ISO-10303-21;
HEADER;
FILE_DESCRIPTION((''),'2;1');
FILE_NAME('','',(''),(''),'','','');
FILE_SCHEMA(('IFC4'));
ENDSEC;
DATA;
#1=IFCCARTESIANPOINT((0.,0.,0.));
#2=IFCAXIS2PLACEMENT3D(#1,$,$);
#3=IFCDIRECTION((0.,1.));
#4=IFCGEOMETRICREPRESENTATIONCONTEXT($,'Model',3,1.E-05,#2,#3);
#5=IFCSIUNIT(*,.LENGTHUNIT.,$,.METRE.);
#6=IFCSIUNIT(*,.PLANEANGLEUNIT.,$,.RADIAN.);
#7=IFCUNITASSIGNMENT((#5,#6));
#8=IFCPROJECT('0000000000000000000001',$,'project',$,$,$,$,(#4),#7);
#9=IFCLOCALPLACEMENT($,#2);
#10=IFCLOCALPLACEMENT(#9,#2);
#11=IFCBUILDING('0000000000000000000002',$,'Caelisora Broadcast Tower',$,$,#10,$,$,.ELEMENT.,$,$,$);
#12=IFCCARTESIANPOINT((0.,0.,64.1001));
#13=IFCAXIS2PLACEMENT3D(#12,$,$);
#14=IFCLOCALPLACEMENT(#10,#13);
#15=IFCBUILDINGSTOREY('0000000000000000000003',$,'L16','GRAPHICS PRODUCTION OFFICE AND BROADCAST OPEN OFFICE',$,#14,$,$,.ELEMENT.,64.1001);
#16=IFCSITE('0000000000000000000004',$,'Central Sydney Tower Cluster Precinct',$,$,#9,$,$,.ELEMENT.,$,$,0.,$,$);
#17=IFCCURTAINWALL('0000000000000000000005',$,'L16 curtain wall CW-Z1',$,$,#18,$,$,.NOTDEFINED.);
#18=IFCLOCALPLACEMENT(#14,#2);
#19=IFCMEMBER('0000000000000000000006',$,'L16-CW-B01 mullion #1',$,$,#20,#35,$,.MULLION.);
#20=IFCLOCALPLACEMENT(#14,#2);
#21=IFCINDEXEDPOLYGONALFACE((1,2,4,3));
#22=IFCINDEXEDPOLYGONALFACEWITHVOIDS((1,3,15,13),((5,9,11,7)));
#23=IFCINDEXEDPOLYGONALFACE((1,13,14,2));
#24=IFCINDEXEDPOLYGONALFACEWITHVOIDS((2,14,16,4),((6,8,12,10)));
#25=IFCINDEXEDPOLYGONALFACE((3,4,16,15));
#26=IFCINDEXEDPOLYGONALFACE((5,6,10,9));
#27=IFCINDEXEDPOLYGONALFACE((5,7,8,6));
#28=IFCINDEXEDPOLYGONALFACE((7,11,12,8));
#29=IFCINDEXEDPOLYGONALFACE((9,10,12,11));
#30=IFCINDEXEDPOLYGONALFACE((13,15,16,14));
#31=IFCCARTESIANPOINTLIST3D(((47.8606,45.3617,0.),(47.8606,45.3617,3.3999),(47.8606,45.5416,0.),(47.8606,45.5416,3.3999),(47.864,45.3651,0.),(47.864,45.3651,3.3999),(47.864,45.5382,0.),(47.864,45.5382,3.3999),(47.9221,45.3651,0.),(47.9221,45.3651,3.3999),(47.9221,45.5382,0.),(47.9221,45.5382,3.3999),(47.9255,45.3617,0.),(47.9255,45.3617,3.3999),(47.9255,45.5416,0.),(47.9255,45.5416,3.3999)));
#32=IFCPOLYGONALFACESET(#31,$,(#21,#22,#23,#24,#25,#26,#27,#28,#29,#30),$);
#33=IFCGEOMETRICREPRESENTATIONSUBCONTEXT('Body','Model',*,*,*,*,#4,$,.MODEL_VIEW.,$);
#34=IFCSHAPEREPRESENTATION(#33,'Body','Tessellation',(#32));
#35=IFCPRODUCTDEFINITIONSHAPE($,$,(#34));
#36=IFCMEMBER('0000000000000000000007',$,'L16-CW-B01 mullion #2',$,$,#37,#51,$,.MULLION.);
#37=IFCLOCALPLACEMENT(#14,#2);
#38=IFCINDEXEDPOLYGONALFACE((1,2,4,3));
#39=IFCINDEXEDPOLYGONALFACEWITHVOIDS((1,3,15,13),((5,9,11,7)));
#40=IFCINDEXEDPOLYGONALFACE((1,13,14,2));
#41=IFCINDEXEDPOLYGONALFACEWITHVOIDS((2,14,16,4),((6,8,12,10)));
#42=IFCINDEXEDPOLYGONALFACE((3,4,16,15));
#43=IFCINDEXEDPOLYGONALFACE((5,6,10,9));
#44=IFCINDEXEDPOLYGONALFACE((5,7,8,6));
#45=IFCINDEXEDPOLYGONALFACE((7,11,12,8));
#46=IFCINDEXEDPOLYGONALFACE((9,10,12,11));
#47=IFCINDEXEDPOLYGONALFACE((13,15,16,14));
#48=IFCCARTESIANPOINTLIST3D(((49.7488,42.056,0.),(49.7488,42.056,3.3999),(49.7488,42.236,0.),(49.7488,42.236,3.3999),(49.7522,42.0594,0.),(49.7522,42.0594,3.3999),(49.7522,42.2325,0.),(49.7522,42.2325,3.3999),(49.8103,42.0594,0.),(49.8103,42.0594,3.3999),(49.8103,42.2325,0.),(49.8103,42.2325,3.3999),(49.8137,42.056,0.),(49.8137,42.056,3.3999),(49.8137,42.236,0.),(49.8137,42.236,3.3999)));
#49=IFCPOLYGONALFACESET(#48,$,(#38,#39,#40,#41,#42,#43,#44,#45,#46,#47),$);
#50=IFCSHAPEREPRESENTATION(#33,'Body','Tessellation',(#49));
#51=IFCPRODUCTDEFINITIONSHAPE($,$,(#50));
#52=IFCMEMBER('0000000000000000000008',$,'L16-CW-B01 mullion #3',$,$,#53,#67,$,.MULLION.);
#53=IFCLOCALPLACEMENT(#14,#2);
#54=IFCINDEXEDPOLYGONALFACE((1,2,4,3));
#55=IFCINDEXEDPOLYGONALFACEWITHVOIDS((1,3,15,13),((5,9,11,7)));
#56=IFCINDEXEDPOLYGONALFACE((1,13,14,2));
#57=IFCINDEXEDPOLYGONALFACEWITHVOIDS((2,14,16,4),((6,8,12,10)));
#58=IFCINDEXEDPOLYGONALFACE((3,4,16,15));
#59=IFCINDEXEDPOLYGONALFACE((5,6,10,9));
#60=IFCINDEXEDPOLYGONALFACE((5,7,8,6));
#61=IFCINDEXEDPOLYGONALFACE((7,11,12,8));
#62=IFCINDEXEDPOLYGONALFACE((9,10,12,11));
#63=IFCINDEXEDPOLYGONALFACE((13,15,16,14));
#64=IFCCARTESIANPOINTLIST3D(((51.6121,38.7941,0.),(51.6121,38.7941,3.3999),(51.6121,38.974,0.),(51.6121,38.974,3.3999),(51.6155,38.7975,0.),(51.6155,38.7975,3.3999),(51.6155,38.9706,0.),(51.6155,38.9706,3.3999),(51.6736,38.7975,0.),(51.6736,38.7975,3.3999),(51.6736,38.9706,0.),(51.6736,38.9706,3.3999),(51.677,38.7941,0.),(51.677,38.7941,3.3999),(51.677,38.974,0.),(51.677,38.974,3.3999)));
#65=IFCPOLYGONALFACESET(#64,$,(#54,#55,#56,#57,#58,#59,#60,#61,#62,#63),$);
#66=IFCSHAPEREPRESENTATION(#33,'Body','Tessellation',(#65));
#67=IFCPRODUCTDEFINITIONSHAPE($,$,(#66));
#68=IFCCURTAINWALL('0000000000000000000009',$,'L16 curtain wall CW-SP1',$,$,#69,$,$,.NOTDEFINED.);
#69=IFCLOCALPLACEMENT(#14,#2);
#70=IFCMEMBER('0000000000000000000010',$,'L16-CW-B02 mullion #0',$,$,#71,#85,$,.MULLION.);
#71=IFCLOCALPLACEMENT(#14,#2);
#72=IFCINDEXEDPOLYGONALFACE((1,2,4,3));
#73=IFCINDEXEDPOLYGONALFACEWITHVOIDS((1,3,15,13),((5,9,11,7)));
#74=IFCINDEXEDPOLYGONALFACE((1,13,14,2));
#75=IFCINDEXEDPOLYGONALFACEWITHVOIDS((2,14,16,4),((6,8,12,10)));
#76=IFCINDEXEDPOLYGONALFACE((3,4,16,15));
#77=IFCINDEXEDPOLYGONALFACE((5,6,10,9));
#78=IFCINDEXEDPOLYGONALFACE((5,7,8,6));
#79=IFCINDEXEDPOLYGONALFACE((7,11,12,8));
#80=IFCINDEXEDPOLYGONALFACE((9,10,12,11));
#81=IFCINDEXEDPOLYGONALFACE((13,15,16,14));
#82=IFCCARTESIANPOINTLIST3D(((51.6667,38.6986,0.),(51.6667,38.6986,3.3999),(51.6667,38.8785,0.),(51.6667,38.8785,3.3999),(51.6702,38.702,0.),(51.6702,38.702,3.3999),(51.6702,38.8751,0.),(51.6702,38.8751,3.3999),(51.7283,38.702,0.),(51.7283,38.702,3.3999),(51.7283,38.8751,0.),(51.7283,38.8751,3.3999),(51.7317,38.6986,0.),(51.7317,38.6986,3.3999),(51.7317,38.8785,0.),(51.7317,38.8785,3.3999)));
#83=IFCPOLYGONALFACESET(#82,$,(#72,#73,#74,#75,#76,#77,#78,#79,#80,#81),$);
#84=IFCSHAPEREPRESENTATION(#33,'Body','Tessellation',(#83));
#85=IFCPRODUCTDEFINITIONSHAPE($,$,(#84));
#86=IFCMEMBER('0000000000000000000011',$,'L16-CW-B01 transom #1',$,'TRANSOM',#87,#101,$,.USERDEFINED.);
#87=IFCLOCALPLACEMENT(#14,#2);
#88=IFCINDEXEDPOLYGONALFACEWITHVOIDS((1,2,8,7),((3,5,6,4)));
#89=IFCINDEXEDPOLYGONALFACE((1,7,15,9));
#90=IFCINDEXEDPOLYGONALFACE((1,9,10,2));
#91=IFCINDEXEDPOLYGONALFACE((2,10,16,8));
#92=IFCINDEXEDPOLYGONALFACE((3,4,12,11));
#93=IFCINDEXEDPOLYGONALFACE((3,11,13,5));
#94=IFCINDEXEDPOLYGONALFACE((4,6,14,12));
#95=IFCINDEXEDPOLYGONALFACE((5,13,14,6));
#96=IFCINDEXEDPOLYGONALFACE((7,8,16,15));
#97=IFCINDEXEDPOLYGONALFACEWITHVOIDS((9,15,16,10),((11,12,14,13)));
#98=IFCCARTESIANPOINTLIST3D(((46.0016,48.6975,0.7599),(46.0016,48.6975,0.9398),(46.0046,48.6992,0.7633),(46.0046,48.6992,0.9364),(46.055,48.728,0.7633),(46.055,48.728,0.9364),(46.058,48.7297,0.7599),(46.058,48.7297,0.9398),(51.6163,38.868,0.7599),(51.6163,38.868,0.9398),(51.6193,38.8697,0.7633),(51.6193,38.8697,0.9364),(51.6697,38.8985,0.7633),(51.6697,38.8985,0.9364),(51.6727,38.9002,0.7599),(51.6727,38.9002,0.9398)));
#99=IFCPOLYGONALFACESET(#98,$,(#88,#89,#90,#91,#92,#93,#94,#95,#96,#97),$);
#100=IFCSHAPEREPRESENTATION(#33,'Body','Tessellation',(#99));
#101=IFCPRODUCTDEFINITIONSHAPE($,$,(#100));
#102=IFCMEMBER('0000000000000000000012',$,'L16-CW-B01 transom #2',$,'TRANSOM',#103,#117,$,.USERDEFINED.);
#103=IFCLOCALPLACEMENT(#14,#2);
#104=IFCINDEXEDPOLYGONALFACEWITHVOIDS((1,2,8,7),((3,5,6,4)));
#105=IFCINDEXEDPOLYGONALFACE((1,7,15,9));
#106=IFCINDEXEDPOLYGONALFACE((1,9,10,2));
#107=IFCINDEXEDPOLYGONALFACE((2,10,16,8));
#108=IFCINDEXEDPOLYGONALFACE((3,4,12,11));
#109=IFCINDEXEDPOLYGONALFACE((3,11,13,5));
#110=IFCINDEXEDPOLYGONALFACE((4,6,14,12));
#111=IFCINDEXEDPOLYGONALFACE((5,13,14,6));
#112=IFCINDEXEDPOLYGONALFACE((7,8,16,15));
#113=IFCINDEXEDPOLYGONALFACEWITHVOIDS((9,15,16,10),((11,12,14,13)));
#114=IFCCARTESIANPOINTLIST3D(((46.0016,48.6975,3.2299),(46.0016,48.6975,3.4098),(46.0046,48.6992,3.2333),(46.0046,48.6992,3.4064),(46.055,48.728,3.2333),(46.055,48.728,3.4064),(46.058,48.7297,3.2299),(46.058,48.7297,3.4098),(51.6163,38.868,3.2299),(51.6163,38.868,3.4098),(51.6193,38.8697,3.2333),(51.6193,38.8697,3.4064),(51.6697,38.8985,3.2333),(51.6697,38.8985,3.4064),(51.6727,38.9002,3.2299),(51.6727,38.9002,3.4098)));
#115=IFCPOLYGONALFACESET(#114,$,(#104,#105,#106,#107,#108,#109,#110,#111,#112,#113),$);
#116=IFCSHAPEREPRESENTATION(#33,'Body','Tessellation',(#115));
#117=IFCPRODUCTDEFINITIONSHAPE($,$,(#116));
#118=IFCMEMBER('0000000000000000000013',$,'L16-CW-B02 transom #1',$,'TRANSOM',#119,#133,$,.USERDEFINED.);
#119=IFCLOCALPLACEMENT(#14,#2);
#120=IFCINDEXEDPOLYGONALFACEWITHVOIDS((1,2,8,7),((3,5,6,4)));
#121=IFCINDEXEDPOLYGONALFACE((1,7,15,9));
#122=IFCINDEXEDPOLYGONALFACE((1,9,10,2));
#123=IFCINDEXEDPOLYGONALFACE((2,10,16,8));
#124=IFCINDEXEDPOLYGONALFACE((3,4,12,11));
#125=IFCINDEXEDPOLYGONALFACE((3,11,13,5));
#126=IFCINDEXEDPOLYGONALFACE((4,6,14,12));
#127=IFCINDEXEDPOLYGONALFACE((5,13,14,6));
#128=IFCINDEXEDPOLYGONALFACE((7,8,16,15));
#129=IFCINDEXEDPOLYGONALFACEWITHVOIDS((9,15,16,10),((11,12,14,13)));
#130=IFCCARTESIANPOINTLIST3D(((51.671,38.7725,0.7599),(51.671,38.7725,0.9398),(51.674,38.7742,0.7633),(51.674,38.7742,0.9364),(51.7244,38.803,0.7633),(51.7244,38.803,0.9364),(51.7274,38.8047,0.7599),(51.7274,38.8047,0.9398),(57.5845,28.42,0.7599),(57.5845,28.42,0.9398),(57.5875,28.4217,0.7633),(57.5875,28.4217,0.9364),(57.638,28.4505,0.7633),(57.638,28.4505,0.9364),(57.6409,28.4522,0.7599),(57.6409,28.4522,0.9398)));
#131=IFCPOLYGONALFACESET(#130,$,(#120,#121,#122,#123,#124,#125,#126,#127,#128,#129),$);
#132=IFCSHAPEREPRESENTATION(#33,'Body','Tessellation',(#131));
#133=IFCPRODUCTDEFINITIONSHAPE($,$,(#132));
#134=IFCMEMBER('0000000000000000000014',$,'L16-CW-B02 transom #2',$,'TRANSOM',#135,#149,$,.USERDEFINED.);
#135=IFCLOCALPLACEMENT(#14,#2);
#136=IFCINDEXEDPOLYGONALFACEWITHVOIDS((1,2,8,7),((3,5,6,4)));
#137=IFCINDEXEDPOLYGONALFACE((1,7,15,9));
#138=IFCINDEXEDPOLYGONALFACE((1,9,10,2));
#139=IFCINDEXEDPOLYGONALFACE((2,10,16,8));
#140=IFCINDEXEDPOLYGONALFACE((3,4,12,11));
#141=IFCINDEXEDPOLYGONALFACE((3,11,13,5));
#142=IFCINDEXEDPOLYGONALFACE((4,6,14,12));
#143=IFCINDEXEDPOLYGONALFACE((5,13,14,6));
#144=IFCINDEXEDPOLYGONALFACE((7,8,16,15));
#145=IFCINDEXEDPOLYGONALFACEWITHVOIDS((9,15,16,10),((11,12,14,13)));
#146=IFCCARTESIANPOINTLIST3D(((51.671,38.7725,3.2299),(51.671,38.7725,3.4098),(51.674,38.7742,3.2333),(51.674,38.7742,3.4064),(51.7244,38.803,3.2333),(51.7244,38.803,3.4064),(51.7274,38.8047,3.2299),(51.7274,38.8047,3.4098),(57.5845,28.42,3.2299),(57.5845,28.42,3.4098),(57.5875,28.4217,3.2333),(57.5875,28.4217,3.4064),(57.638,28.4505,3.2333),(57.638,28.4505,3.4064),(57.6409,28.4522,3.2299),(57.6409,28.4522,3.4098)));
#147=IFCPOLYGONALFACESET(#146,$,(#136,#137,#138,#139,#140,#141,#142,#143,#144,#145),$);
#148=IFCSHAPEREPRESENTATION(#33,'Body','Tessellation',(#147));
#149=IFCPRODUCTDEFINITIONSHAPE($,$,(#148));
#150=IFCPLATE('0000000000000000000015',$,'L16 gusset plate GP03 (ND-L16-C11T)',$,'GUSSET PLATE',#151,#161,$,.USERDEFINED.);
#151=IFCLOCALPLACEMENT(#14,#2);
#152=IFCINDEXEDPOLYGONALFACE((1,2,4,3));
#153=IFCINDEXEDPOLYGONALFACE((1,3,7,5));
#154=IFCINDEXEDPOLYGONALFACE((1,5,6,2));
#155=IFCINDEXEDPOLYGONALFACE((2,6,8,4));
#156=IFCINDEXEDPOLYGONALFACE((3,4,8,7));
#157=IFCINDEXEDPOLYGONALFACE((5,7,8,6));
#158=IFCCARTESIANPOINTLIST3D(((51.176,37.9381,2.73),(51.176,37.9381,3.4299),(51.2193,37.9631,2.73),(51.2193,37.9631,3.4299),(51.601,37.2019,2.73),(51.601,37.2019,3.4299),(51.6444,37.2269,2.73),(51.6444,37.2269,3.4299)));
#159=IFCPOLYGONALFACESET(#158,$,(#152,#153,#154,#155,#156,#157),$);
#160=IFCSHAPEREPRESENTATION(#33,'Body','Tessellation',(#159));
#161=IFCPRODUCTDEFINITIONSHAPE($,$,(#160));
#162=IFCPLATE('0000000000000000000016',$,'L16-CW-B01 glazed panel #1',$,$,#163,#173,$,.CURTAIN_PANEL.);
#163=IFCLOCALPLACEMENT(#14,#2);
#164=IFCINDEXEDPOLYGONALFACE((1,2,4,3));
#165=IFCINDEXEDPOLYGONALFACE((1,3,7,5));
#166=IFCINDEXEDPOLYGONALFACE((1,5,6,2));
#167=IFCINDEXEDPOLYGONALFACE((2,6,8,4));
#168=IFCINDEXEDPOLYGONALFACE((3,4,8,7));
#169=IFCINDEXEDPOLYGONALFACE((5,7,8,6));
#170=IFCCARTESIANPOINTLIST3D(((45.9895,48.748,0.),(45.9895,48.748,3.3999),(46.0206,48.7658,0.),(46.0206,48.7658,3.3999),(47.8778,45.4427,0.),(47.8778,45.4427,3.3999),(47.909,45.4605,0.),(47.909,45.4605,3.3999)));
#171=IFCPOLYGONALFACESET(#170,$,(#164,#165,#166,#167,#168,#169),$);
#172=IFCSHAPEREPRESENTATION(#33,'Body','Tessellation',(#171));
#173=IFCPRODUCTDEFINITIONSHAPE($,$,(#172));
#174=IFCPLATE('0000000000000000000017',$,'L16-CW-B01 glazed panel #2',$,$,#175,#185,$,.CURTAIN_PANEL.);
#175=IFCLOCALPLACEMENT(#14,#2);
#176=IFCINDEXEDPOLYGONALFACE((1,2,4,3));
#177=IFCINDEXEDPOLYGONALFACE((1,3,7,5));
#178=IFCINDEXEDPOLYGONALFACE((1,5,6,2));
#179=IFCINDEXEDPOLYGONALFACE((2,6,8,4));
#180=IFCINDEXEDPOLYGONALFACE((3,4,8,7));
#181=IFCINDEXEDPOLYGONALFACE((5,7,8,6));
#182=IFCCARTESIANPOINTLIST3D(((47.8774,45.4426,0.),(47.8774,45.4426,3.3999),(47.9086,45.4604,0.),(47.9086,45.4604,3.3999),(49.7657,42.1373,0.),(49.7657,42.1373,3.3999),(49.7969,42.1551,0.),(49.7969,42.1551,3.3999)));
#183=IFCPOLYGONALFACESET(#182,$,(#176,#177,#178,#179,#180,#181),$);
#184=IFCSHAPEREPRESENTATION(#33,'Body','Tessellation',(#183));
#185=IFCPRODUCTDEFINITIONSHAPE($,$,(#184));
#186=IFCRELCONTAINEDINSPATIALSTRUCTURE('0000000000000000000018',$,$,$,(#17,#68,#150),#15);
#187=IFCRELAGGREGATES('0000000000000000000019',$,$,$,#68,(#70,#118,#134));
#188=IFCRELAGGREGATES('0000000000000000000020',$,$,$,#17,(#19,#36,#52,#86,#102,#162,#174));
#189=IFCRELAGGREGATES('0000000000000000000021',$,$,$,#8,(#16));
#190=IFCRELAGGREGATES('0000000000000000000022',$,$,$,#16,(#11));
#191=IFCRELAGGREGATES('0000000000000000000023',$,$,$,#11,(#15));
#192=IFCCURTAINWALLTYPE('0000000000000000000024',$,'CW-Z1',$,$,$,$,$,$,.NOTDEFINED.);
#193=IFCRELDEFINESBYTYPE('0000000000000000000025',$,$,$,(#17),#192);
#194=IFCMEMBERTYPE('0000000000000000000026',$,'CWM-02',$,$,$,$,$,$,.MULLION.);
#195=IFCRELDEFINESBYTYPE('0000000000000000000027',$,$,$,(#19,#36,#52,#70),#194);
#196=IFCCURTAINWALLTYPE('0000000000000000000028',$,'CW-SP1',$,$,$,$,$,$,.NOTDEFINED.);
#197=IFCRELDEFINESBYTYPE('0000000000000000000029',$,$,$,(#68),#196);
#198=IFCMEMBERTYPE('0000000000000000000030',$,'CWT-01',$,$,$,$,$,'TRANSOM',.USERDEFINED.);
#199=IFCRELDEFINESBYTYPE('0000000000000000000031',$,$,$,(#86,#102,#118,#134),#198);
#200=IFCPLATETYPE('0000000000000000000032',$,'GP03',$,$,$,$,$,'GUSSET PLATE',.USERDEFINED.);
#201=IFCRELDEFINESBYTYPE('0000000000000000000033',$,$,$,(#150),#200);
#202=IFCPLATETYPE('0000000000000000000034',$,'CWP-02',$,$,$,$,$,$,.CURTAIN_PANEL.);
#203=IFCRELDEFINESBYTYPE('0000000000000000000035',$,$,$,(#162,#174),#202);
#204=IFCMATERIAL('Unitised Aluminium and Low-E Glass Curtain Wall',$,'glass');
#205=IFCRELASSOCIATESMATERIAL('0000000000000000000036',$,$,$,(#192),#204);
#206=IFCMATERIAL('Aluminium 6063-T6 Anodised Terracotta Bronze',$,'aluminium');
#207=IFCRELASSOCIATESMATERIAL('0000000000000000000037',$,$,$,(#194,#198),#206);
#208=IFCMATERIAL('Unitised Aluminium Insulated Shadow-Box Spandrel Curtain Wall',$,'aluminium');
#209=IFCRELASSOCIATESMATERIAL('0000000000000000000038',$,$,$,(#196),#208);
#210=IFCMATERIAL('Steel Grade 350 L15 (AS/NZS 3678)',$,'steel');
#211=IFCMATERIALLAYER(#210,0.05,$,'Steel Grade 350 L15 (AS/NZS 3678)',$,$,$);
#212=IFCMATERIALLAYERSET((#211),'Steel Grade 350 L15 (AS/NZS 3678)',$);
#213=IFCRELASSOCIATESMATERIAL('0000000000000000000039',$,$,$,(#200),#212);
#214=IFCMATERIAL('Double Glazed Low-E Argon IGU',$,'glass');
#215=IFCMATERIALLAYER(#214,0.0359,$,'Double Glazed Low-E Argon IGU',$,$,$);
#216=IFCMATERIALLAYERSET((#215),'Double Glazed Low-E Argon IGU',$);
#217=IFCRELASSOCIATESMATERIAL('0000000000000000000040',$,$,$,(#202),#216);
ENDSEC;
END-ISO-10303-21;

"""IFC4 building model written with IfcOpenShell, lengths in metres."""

from ifc_helpers import new_model, si_unit, direction, frame, origin, origin_2d, place, context, subcontext, project, spatial, rectangle, hollow_rectangle, extrude, source, transform, mapped, material, layer, layer_set, material_profile, profile_set, type_object, type_shapes, element, aggregate, save


model = new_model("IFC4")

# Units and contexts
model_context = context("Model", 3, precision=1e-05, world=origin(), true_north=direction((0.0, 1.0)))
body_context = subcontext(model_context, "Body", "Model", "MODEL_VIEW")
ifc_project = project(units=[si_unit("LENGTHUNIT", "METRE"), si_unit("PLANEANGLEUNIT", "RADIAN")], contexts=[model_context])

# Site, building, storey
site_placement = place(None, origin())
site = spatial("IfcSite", under=ifc_project, at=site_placement, Name="Central Sydney Tower Cluster Precinct", CompositionType="ELEMENT", RefElevation=0.0)
building_placement = place(site_placement, origin())
building = spatial("IfcBuilding", under=site, at=building_placement, Name="Caelisora Broadcast Tower", CompositionType="ELEMENT")
storey_placement = place(building_placement, frame((0.0, 0.0, 64.1001)))
storey = spatial("IfcBuildingStorey", under=building, at=storey_placement, Name="L16", Description="GRAPHICS PRODUCTION OFFICE AND BROADCAST OPEN OFFICE", CompositionType="ELEMENT", Elevation=64.1001)

# Shared definitions
ifc_material_1 = material(Name="Steel Grade 350 L15 (AS/NZS 3678)", Category="steel")

# Curtain wall, members
ifc_material_2 = material(Name="Unitised Aluminium and Low-E Glass Curtain Wall", Category="glass")
curtain_wall_type_1 = type_object("IfcCurtainWallType", Name="CW-Z1", PredefinedType="NOTDEFINED", material=ifc_material_2)
curtain_wall_1_placement = place(storey_placement, origin())
curtain_wall_1 = element("IfcCurtainWall", 1, at=curtain_wall_1_placement, inside=storey, type_object=curtain_wall_type_1, Name="L16 curtain wall CW-Z1", PredefinedType="NOTDEFINED")
ifc_material_3 = material(Name="Aluminium 6063-T6 Anodised Terracotta Bronze", Category="aluminium")
ifc_material_profile_1 = material_profile(ifc_material_3, hollow_rectangle(XDim=0.0649, YDim=0.1799, WallThickness=0.0034, at=origin_2d()), Name="Aluminium 6063-T6 Anodised Terracotta Bronze")
ifc_profile_set_1 = profile_set([ifc_material_profile_1], Name="Aluminium 6063-T6 Anodised Terracotta Bronze")
member_type_1 = type_object("IfcMemberType", Name="CWM-02", PredefinedType="MULLION", material=ifc_profile_set_1)
shared_shape_1 = source(origin(), body_context, "Body", "SweptSolid", [
    extrude(hollow_rectangle(XDim=0.0649, YDim=0.1799, WallThickness=0.0034, at=origin_2d()), origin(), (0.0, 0.0, 1.0), 3.3999),
])
type_shapes(member_type_1, [shared_shape_1])
member_1_placement = place(storey_placement, frame((47.8931, 45.4517, 0.0), z_axis=(0.0, 0.0, 1.0), x_axis=(1.0, 0.0, 0.0)))
member_1 = element("IfcMember", 2, at=member_1_placement, type_object=member_type_1, Name="L16-CW-B01 mullion #1", PredefinedType="MULLION", context=body_context, shape_type="MappedRepresentation", body=[
    mapped(shared_shape_1, transform((0.0, 0.0, 0.0), scale=1.0)),
])
member_2_placement = place(storey_placement, frame((49.7812, 42.146, 0.0), z_axis=(0.0, 0.0, 1.0), x_axis=(1.0, 0.0, 0.0)))
member_2 = element("IfcMember", 3, at=member_2_placement, type_object=member_type_1, Name="L16-CW-B01 mullion #2", PredefinedType="MULLION", context=body_context, shape_type="MappedRepresentation", body=[
    mapped(shared_shape_1, transform((0.0, 0.0, 0.0), scale=1.0)),
])
member_3_placement = place(storey_placement, frame((51.6445, 38.884, 0.0), z_axis=(0.0, 0.0, 1.0), x_axis=(1.0, 0.0, 0.0)))
member_3 = element("IfcMember", 4, at=member_3_placement, type_object=member_type_1, Name="L16-CW-B01 mullion #3", PredefinedType="MULLION", context=body_context, shape_type="MappedRepresentation", body=[
    mapped(shared_shape_1, transform((0.0, 0.0, 0.0), scale=1.0)),
])

# Curtain wall, member
ifc_material_4 = material(Name="Unitised Aluminium Insulated Shadow-Box Spandrel Curtain Wall", Category="aluminium")
curtain_wall_type_2 = type_object("IfcCurtainWallType", Name="CW-SP1", PredefinedType="NOTDEFINED", material=ifc_material_4)
curtain_wall_2_placement = place(storey_placement, origin())
curtain_wall_2 = element("IfcCurtainWall", 5, at=curtain_wall_2_placement, inside=storey, type_object=curtain_wall_type_2, Name="L16 curtain wall CW-SP1", PredefinedType="NOTDEFINED")
member_4_placement = place(storey_placement, frame((51.6992, 38.7886, 0.0), z_axis=(0.0, 0.0, 1.0), x_axis=(1.0, 0.0, 0.0)))
member_4 = element("IfcMember", 6, at=member_4_placement, type_object=member_type_1, Name="L16-CW-B02 mullion #0", PredefinedType="MULLION", context=body_context, shape_type="MappedRepresentation", body=[
    mapped(shared_shape_1, transform((0.0, 0.0, 0.0), scale=1.0)),
])

# Members
ifc_material_profile_2 = material_profile(ifc_material_3, hollow_rectangle(XDim=0.0649, YDim=0.1799, WallThickness=0.0034, at=origin_2d()), Name="Aluminium 6063-T6 Anodised Terracotta Bronze")
ifc_profile_set_2 = profile_set([ifc_material_profile_2], Name="Aluminium 6063-T6 Anodised Terracotta Bronze")
member_type_2 = type_object("IfcMemberType", Name="CWT-01", ElementType="TRANSOM", PredefinedType="USERDEFINED", material=ifc_profile_set_2)
shared_shape_2 = source(origin(), body_context, "Body", "SweptSolid", [
    extrude(hollow_rectangle(XDim=0.0649, YDim=0.1799, WallThickness=0.0034, at=origin_2d()), origin(), (0.0, 0.0, 1.0), 11.3201),
])
member_5_placement = place(storey_placement, frame((46.0298, 48.7136, 0.8499), z_axis=(0.495995, -0.868325, 0.0), x_axis=(0.868325, 0.495995, 0.0)))
member_5 = element("IfcMember", 7, at=member_5_placement, type_object=member_type_2, Name="L16-CW-B01 transom #1", ObjectType="TRANSOM", PredefinedType="USERDEFINED", context=body_context, shape_type="MappedRepresentation", body=[
    mapped(shared_shape_2, transform((0.0, 0.0, 0.0), scale=1.0)),
])
member_6_placement = place(storey_placement, frame((46.0298, 48.7136, 3.3198), z_axis=(0.495995, -0.868325, 0.0), x_axis=(0.868325, 0.495995, 0.0)))
member_6 = element("IfcMember", 8, at=member_6_placement, type_object=member_type_2, Name="L16-CW-B01 transom #2", ObjectType="TRANSOM", PredefinedType="USERDEFINED", context=body_context, shape_type="MappedRepresentation", body=[
    mapped(shared_shape_2, transform((0.0, 0.0, 0.0), scale=1.0)),
])
shared_shape_3 = source(origin(), body_context, "Body", "SweptSolid", [
    extrude(hollow_rectangle(XDim=0.0649, YDim=0.1799, WallThickness=0.0034, at=origin_2d()), origin(), (0.0, 0.0, 1.0), 11.9224),
])
type_shapes(member_type_2, [shared_shape_2, shared_shape_3])
member_7_placement = place(storey_placement, frame((51.6992, 38.7886, 0.8499), z_axis=(0.496002, -0.868321, 0.0), x_axis=(0.868321, 0.496002, 0.0)))
member_7 = element("IfcMember", 9, at=member_7_placement, type_object=member_type_2, Name="L16-CW-B02 transom #1", ObjectType="TRANSOM", PredefinedType="USERDEFINED", context=body_context, shape_type="MappedRepresentation", body=[
    mapped(shared_shape_3, transform((0.0, 0.0, 0.0), scale=1.0)),
])
member_8_placement = place(storey_placement, frame((51.6992, 38.7886, 3.3198), z_axis=(0.496002, -0.868321, 0.0), x_axis=(0.868321, 0.496002, 0.0)))
member_8 = element("IfcMember", 10, at=member_8_placement, type_object=member_type_2, Name="L16-CW-B02 transom #2", ObjectType="TRANSOM", PredefinedType="USERDEFINED", context=body_context, shape_type="MappedRepresentation", body=[
    mapped(shared_shape_3, transform((0.0, 0.0, 0.0), scale=1.0)),
])
aggregate(curtain_wall_2, [member_4, member_7, member_8])

# Plates
ifc_layer_1 = layer(ifc_material_1, 0.05, Name="Steel Grade 350 L15 (AS/NZS 3678)")
ifc_layer_set_1 = layer_set([ifc_layer_1], Name="Steel Grade 350 L15 (AS/NZS 3678)")
plate_type_1 = type_object("IfcPlateType", Name="GP03", ElementType="GUSSET PLATE", PredefinedType="USERDEFINED", material=ifc_layer_set_1)
shared_shape_4 = source(origin(), body_context, "Body", "SweptSolid", [
    extrude(rectangle(XDim=0.8501, YDim=0.05, at=origin_2d()), origin(), (0.0, 0.0, 1.0), 0.7),
])
type_shapes(plate_type_1, [shared_shape_4])
plate_1_placement = place(storey_placement, frame((51.4102, 37.5825, 2.73), z_axis=(0.0, 0.0, 1.0), x_axis=(-0.5, 0.866025, 0.0)))
element("IfcPlate", 11, at=plate_1_placement, inside=storey, type_object=plate_type_1, Name="L16 gusset plate GP03 (ND-L16-C11T)", ObjectType="GUSSET PLATE", PredefinedType="USERDEFINED", context=body_context, shape_type="MappedRepresentation", body=[
    mapped(shared_shape_4, transform((0.0, 0.0, 0.0), scale=1.0)),
])
ifc_material_5 = material(Name="Double Glazed Low-E Argon IGU", Category="glass")
ifc_layer_2 = layer(ifc_material_5, 0.0359, Name="Double Glazed Low-E Argon IGU")
ifc_layer_set_2 = layer_set([ifc_layer_2], Name="Double Glazed Low-E Argon IGU")
plate_type_2 = type_object("IfcPlateType", Name="CWP-02", PredefinedType="CURTAIN_PANEL", material=ifc_layer_set_2)
shared_shape_5 = source(origin(), body_context, "Body", "SweptSolid", [
    extrude(rectangle(XDim=3.8066, YDim=0.0359, at=origin_2d()), origin(), (0.0, 0.0, 1.0), 3.3999),
])
type_shapes(plate_type_2, [shared_shape_5])
plate_2_placement = place(storey_placement, frame((46.9492, 47.1042, 0.0), z_axis=(0.0, 0.0, 1.0), x_axis=(0.496065, -0.868285, 0.0)))
plate_2 = element("IfcPlate", 12, at=plate_2_placement, type_object=plate_type_2, Name="L16-CW-B01 glazed panel #1", PredefinedType="CURTAIN_PANEL", context=body_context, shape_type="MappedRepresentation", body=[
    mapped(shared_shape_5, transform((0.0, 0.0, 0.0), scale=1.0)),
])
plate_3_placement = place(storey_placement, frame((48.8372, 43.7988, 0.0), z_axis=(0.0, 0.0, 1.0), x_axis=(0.496065, -0.868285, 0.0)))
plate_3 = element("IfcPlate", 13, at=plate_3_placement, type_object=plate_type_2, Name="L16-CW-B01 glazed panel #2", PredefinedType="CURTAIN_PANEL", context=body_context, shape_type="MappedRepresentation", body=[
    mapped(shared_shape_5, transform((0.0, 0.0, 0.0), scale=1.0)),
])
aggregate(curtain_wall_1, [member_1, member_2, member_3, member_5, member_6, plate_2, plate_3])

save(model, "model.ifc")
